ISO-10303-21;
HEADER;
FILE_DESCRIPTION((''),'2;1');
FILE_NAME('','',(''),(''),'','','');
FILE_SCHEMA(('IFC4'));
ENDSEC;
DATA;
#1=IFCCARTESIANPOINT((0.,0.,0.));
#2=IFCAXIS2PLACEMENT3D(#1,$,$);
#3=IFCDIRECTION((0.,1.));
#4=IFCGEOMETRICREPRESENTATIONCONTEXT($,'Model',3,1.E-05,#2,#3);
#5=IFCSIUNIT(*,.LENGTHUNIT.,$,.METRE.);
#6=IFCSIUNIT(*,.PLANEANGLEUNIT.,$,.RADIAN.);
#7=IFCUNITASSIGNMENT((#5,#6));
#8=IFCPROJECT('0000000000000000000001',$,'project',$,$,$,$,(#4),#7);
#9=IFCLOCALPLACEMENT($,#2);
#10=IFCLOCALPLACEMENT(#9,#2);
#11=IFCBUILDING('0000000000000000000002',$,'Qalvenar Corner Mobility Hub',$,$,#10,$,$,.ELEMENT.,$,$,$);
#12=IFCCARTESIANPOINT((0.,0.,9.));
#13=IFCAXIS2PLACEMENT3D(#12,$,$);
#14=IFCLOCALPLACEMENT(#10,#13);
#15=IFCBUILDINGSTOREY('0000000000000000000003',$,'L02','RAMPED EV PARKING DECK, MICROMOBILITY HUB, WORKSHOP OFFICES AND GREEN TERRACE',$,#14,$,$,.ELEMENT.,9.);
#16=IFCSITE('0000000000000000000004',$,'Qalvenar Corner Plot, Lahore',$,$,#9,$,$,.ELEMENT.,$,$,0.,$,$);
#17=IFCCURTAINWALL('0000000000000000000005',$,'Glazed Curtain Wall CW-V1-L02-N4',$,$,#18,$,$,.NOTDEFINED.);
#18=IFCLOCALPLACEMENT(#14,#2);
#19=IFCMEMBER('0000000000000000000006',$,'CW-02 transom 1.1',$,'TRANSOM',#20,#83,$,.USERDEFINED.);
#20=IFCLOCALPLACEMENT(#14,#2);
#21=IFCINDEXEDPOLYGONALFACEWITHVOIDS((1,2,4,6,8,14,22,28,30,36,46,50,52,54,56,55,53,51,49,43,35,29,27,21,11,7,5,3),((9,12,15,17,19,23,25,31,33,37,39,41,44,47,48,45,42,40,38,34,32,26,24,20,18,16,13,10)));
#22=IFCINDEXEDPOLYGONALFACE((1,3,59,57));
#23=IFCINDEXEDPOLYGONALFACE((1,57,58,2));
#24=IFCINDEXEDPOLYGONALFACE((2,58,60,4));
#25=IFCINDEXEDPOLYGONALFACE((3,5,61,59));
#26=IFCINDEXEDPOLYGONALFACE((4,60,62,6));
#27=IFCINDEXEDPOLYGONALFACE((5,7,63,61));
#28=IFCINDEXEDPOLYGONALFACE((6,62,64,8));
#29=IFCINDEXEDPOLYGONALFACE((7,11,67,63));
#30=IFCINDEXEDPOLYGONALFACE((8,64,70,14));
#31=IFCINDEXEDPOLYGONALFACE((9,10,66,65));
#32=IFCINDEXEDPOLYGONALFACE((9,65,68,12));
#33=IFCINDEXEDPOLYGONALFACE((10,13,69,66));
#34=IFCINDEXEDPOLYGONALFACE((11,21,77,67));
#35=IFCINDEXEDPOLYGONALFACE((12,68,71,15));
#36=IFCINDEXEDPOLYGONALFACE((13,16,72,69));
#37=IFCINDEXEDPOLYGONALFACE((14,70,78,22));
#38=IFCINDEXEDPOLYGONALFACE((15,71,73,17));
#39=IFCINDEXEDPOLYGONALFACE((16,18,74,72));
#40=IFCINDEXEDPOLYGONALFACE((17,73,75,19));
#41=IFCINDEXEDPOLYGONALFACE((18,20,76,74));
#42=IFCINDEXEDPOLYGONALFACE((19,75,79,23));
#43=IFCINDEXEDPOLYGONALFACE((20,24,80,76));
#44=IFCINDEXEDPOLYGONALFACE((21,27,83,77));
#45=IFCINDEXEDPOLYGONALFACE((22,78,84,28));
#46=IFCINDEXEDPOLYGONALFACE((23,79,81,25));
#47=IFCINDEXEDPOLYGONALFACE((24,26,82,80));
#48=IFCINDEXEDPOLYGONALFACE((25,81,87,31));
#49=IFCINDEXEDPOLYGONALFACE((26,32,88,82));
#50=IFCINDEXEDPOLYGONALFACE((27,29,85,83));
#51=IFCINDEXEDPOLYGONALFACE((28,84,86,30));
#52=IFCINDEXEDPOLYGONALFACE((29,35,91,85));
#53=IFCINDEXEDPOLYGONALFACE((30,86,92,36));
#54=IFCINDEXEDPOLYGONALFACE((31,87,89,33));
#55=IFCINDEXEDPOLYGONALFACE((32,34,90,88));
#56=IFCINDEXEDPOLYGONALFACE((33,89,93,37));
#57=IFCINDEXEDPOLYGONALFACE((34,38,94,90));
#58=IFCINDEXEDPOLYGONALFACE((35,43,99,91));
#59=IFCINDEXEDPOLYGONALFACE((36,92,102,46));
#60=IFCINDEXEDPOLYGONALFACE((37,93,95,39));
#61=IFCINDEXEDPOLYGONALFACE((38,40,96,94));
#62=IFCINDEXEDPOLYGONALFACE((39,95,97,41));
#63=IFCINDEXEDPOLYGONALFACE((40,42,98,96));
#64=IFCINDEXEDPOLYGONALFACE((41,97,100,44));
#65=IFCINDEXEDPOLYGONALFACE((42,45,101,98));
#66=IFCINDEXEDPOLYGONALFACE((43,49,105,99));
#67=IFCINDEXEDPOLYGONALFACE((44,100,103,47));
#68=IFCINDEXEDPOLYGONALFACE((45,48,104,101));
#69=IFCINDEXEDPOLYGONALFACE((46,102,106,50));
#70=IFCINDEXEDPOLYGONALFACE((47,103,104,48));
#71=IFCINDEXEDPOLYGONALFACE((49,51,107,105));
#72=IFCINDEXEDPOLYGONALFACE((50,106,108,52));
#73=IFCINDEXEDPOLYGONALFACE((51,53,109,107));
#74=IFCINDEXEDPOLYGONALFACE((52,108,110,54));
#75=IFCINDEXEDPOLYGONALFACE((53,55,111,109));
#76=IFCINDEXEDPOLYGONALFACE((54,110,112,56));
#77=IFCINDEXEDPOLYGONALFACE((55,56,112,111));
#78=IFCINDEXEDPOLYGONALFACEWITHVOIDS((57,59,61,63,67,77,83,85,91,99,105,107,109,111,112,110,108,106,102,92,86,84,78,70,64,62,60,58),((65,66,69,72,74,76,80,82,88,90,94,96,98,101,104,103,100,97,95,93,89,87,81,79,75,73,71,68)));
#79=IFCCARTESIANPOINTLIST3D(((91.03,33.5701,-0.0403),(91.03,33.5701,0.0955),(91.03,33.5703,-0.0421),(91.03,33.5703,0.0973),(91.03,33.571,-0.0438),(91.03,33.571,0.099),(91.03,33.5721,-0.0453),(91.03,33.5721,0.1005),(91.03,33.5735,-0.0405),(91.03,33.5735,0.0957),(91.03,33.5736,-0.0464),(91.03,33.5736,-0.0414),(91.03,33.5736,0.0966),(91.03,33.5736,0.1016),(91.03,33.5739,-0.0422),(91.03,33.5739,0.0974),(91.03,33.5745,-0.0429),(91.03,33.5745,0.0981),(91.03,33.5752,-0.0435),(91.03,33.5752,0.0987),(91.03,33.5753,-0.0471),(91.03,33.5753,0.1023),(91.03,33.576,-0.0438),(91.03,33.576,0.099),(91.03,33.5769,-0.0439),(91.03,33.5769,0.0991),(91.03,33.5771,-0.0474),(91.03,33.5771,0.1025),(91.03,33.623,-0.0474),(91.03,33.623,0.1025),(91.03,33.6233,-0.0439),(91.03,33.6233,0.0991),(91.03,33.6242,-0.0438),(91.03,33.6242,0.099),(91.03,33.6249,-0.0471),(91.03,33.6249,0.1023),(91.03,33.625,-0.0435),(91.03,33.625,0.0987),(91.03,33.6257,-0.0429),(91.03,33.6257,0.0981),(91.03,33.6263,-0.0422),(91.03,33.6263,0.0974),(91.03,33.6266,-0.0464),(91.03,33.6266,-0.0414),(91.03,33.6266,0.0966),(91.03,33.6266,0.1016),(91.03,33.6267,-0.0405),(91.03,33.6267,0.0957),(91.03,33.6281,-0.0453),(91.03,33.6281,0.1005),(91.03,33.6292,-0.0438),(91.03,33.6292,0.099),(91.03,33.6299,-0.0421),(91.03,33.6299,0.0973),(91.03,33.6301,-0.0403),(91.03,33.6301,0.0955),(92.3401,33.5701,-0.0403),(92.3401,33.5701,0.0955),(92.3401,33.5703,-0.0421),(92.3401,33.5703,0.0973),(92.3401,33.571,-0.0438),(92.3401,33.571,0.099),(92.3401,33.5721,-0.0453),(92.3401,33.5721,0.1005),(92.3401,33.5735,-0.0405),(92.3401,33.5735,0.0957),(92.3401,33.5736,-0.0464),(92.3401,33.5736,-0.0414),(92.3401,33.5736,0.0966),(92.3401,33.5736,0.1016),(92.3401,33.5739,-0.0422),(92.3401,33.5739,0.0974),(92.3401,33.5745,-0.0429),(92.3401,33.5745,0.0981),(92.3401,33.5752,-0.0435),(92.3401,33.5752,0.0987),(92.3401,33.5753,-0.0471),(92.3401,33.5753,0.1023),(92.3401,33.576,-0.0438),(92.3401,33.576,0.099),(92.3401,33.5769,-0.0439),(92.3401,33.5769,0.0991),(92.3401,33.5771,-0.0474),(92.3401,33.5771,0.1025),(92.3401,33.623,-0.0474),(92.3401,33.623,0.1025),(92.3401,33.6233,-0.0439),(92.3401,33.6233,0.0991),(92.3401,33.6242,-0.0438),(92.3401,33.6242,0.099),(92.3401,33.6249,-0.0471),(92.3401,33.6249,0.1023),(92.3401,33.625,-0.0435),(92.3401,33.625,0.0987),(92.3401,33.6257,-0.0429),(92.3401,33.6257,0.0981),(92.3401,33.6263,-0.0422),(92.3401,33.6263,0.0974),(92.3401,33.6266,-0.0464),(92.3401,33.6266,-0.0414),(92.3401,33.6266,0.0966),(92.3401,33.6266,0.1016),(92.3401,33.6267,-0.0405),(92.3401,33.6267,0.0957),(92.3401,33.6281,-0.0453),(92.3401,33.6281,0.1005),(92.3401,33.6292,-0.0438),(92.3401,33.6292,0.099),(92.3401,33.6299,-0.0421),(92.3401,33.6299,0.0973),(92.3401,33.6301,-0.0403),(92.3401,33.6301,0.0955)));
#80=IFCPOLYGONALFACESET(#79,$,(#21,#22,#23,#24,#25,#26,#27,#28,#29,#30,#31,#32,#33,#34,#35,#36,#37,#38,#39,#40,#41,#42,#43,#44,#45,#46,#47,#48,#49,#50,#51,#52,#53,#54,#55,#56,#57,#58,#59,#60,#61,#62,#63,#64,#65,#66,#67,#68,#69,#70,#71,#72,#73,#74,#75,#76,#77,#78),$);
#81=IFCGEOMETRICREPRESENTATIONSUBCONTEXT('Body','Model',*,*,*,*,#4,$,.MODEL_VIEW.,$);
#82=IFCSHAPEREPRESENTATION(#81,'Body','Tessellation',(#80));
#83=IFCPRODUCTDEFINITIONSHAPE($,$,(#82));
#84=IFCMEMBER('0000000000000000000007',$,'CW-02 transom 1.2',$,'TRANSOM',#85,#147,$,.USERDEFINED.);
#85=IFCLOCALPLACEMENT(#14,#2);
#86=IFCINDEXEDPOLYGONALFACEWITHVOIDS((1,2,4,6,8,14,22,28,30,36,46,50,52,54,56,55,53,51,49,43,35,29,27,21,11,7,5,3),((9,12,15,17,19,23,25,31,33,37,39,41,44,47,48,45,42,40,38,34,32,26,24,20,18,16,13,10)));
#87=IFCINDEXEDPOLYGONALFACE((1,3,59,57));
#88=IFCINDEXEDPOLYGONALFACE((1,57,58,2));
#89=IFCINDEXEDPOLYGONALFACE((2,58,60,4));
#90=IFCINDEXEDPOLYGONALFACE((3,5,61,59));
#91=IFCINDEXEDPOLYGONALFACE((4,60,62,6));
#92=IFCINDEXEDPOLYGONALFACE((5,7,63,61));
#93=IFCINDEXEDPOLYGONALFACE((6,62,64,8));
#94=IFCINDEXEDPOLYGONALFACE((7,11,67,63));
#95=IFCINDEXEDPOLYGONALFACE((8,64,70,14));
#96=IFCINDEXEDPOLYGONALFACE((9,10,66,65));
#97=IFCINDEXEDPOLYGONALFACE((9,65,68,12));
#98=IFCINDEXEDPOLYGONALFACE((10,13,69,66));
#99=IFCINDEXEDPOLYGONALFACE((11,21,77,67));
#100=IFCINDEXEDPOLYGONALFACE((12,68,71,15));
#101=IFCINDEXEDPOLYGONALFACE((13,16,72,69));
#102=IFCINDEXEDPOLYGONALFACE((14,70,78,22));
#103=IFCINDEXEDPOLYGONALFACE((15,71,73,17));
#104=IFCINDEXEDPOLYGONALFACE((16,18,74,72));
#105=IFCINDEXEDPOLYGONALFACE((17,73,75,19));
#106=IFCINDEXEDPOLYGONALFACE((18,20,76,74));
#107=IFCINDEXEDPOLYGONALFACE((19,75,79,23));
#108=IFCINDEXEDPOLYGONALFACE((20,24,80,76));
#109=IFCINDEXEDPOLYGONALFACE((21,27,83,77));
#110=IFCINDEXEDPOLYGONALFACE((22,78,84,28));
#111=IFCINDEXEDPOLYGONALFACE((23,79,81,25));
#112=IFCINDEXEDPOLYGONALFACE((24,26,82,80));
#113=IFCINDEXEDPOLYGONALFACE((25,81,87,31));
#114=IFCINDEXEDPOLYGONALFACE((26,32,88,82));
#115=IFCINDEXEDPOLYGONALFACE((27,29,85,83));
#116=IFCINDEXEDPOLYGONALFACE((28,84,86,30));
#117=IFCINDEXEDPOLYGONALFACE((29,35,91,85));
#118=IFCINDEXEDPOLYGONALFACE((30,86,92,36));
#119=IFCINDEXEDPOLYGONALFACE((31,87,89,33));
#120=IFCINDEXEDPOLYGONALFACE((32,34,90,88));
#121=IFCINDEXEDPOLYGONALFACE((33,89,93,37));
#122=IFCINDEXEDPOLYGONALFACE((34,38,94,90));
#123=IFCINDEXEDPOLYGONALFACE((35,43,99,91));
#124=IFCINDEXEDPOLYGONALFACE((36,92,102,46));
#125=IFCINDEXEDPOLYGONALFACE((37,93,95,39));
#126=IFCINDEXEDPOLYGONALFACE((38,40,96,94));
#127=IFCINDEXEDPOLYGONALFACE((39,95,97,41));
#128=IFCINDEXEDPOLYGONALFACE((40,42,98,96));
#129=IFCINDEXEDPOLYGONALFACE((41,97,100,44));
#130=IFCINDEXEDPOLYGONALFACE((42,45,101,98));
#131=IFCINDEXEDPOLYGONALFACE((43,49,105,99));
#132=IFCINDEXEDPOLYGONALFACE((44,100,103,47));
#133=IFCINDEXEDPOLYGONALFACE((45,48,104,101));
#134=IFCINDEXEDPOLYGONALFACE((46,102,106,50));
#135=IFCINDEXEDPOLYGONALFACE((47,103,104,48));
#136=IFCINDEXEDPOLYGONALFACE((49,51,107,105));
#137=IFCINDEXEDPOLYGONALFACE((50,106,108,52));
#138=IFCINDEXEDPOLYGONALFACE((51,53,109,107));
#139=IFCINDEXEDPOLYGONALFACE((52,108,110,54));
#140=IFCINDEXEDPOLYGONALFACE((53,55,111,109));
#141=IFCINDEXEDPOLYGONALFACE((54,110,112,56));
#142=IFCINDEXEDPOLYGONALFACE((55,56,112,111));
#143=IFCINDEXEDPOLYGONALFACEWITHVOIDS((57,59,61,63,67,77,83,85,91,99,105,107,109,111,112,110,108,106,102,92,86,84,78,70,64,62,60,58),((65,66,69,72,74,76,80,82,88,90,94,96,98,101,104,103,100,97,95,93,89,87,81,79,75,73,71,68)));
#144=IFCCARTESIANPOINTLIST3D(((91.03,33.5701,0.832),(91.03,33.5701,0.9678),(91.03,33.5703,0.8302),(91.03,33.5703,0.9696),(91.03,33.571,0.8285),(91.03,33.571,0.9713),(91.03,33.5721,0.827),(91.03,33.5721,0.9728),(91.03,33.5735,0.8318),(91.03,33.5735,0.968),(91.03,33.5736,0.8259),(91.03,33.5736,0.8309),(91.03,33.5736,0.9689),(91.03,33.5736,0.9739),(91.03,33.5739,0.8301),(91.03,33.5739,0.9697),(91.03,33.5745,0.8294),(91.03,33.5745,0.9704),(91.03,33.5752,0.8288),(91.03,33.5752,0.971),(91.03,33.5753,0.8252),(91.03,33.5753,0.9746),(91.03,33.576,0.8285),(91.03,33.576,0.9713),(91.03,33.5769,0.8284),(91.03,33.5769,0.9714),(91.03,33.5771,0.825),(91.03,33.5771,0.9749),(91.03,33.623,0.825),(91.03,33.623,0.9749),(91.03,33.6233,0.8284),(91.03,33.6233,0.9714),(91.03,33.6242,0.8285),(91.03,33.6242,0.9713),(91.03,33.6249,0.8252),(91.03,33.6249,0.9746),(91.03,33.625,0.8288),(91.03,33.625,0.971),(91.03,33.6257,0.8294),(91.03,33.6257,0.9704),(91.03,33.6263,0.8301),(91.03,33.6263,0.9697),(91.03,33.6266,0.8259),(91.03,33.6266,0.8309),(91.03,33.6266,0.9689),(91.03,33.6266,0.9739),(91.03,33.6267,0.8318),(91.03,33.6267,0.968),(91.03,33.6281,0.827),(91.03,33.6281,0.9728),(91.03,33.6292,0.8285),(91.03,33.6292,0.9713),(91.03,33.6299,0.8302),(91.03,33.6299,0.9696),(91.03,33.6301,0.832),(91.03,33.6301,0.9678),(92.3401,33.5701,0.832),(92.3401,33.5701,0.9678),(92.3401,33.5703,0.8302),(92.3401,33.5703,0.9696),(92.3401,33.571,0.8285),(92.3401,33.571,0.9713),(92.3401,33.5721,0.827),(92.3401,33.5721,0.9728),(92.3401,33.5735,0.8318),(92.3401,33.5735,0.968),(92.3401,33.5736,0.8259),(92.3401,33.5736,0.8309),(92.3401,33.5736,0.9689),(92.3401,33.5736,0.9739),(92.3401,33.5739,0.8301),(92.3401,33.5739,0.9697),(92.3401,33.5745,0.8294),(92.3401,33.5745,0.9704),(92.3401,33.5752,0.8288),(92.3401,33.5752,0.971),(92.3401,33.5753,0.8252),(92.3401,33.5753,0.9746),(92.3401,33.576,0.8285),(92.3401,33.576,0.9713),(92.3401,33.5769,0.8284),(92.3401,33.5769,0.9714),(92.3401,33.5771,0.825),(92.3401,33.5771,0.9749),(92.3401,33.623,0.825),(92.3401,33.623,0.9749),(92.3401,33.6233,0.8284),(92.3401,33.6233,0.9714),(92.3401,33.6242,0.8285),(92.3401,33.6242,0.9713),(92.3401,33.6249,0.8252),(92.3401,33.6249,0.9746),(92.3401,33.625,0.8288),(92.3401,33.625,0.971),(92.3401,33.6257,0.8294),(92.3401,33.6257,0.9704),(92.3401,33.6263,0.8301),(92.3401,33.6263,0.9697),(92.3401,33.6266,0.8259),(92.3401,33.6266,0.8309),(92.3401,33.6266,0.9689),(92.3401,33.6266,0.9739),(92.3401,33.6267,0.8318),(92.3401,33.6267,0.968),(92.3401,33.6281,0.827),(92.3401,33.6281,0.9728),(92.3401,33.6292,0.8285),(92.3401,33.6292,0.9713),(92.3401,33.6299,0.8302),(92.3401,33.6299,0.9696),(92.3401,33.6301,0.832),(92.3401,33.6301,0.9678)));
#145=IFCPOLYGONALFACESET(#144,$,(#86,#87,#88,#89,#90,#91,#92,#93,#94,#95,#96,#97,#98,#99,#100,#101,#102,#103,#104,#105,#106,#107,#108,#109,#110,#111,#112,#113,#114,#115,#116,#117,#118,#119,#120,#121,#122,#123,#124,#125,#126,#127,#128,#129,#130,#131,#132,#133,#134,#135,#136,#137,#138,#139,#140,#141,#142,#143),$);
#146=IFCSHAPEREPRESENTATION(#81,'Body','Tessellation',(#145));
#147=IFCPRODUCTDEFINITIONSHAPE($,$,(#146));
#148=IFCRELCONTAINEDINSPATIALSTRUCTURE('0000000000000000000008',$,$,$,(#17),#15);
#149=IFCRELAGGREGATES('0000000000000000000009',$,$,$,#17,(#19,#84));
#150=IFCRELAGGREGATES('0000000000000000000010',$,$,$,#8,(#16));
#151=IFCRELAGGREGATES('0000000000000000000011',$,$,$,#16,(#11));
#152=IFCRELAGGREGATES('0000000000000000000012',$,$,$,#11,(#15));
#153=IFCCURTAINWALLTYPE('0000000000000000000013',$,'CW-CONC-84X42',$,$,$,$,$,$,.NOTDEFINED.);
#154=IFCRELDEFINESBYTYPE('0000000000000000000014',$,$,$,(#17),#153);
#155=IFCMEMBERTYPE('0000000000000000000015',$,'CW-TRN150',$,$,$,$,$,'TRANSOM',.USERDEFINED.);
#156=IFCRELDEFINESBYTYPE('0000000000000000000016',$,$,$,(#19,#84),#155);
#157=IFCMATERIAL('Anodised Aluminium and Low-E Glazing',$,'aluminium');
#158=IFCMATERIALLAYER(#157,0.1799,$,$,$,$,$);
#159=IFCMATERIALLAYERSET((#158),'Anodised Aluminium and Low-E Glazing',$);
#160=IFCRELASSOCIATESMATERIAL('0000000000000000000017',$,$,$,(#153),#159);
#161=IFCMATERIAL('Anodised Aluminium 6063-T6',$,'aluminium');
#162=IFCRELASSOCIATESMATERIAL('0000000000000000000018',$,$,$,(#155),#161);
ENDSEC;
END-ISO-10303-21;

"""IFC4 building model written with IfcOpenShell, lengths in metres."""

from ifc_helpers import new_model, si_unit, direction, frame, origin, origin_2d, place, context, subcontext, project, spatial, hollow_rectangle, extrude, material, layer, layer_set, material_profile, profile_set, type_object, element, aggregate, save


model = new_model("IFC4")

# Units and contexts
model_context = context("Model", 3, precision=1e-05, world=origin(), true_north=direction((0.0, 1.0)))
body_context = subcontext(model_context, "Body", "Model", "MODEL_VIEW")
ifc_project = project(units=[si_unit("LENGTHUNIT", "METRE"), si_unit("PLANEANGLEUNIT", "RADIAN")], contexts=[model_context])

# Site, building, storey
site_placement = place(None, origin())
site = spatial("IfcSite", under=ifc_project, at=site_placement, Name="Qalvenar Corner Plot, Lahore", CompositionType="ELEMENT", RefElevation=0.0)
building_placement = place(site_placement, origin())
building = spatial("IfcBuilding", under=site, at=building_placement, Name="Qalvenar Corner Mobility Hub", CompositionType="ELEMENT")
storey_placement = place(building_placement, frame((0.0, 0.0, 9.0)))
storey = spatial("IfcBuildingStorey", under=building, at=storey_placement, Name="L02", Description="RAMPED EV PARKING DECK, MICROMOBILITY HUB, WORKSHOP OFFICES AND GREEN TERRACE", CompositionType="ELEMENT", Elevation=9.0)

# Curtain wall, members
ifc_material_1 = material(Name="Anodised Aluminium and Low-E Glazing", Category="aluminium")
ifc_layer_1 = layer(ifc_material_1, 0.1799)
ifc_layer_set_1 = layer_set([ifc_layer_1], Name="Anodised Aluminium and Low-E Glazing")
curtain_wall_type = type_object("IfcCurtainWallType", Name="CW-CONC-84X42", PredefinedType="NOTDEFINED", material=ifc_layer_set_1)
curtain_wall_placement = place(storey_placement, origin())
curtain_wall = element("IfcCurtainWall", 1, at=curtain_wall_placement, inside=storey, type_object=curtain_wall_type, Name="Glazed Curtain Wall CW-V1-L02-N4", PredefinedType="NOTDEFINED")
ifc_material_2 = material(Name="Anodised Aluminium 6063-T6", Category="aluminium")
ifc_material_profile_1 = material_profile(ifc_material_2, hollow_rectangle(XDim=0.0601, YDim=0.1499, WallThickness=0.0034, InnerFilletRadius=0.0034, OuterFilletRadius=0.0071, at=origin_2d()), Name="RHS150x60x3.5")
ifc_profile_set_1 = profile_set([ifc_material_profile_1], Name="Anodised Aluminium 6063-T6")
member_type_1 = type_object("IfcMemberType", Name="CW-TRN150", ElementType="TRANSOM", PredefinedType="USERDEFINED", material=ifc_profile_set_1)
member_1_placement = place(storey_placement, frame((92.3401, 33.6001, 0.0276), z_axis=(-1.0, 0.0, 0.0), x_axis=(0.0, -1.0, 0.0)))
member_1 = element("IfcMember", 2, at=member_1_placement, type_object=member_type_1, Name="CW-02 transom 1.1", ObjectType="TRANSOM", PredefinedType="USERDEFINED", context=body_context, shape_type="SweptSolid", body=[
    extrude(hollow_rectangle(XDim=0.0601, YDim=0.1499, WallThickness=0.0034, InnerFilletRadius=0.0034, OuterFilletRadius=0.0071, at=origin_2d()), origin(), (0.0, 0.0, 1.0), 1.3101),
])
member_2_placement = place(storey_placement, frame((92.3401, 33.6001, 0.8999), z_axis=(-1.0, 0.0, 0.0), x_axis=(0.0, -1.0, 0.0)))
member_2 = element("IfcMember", 3, at=member_2_placement, type_object=member_type_1, Name="CW-02 transom 1.2", ObjectType="TRANSOM", PredefinedType="USERDEFINED", context=body_context, shape_type="SweptSolid", body=[
    extrude(hollow_rectangle(XDim=0.0601, YDim=0.1499, WallThickness=0.0034, InnerFilletRadius=0.0034, OuterFilletRadius=0.0071, at=origin_2d()), origin(), (0.0, 0.0, 1.0), 1.3101),
])
aggregate(curtain_wall, [member_1, member_2])

save(model, "model.ifc")
